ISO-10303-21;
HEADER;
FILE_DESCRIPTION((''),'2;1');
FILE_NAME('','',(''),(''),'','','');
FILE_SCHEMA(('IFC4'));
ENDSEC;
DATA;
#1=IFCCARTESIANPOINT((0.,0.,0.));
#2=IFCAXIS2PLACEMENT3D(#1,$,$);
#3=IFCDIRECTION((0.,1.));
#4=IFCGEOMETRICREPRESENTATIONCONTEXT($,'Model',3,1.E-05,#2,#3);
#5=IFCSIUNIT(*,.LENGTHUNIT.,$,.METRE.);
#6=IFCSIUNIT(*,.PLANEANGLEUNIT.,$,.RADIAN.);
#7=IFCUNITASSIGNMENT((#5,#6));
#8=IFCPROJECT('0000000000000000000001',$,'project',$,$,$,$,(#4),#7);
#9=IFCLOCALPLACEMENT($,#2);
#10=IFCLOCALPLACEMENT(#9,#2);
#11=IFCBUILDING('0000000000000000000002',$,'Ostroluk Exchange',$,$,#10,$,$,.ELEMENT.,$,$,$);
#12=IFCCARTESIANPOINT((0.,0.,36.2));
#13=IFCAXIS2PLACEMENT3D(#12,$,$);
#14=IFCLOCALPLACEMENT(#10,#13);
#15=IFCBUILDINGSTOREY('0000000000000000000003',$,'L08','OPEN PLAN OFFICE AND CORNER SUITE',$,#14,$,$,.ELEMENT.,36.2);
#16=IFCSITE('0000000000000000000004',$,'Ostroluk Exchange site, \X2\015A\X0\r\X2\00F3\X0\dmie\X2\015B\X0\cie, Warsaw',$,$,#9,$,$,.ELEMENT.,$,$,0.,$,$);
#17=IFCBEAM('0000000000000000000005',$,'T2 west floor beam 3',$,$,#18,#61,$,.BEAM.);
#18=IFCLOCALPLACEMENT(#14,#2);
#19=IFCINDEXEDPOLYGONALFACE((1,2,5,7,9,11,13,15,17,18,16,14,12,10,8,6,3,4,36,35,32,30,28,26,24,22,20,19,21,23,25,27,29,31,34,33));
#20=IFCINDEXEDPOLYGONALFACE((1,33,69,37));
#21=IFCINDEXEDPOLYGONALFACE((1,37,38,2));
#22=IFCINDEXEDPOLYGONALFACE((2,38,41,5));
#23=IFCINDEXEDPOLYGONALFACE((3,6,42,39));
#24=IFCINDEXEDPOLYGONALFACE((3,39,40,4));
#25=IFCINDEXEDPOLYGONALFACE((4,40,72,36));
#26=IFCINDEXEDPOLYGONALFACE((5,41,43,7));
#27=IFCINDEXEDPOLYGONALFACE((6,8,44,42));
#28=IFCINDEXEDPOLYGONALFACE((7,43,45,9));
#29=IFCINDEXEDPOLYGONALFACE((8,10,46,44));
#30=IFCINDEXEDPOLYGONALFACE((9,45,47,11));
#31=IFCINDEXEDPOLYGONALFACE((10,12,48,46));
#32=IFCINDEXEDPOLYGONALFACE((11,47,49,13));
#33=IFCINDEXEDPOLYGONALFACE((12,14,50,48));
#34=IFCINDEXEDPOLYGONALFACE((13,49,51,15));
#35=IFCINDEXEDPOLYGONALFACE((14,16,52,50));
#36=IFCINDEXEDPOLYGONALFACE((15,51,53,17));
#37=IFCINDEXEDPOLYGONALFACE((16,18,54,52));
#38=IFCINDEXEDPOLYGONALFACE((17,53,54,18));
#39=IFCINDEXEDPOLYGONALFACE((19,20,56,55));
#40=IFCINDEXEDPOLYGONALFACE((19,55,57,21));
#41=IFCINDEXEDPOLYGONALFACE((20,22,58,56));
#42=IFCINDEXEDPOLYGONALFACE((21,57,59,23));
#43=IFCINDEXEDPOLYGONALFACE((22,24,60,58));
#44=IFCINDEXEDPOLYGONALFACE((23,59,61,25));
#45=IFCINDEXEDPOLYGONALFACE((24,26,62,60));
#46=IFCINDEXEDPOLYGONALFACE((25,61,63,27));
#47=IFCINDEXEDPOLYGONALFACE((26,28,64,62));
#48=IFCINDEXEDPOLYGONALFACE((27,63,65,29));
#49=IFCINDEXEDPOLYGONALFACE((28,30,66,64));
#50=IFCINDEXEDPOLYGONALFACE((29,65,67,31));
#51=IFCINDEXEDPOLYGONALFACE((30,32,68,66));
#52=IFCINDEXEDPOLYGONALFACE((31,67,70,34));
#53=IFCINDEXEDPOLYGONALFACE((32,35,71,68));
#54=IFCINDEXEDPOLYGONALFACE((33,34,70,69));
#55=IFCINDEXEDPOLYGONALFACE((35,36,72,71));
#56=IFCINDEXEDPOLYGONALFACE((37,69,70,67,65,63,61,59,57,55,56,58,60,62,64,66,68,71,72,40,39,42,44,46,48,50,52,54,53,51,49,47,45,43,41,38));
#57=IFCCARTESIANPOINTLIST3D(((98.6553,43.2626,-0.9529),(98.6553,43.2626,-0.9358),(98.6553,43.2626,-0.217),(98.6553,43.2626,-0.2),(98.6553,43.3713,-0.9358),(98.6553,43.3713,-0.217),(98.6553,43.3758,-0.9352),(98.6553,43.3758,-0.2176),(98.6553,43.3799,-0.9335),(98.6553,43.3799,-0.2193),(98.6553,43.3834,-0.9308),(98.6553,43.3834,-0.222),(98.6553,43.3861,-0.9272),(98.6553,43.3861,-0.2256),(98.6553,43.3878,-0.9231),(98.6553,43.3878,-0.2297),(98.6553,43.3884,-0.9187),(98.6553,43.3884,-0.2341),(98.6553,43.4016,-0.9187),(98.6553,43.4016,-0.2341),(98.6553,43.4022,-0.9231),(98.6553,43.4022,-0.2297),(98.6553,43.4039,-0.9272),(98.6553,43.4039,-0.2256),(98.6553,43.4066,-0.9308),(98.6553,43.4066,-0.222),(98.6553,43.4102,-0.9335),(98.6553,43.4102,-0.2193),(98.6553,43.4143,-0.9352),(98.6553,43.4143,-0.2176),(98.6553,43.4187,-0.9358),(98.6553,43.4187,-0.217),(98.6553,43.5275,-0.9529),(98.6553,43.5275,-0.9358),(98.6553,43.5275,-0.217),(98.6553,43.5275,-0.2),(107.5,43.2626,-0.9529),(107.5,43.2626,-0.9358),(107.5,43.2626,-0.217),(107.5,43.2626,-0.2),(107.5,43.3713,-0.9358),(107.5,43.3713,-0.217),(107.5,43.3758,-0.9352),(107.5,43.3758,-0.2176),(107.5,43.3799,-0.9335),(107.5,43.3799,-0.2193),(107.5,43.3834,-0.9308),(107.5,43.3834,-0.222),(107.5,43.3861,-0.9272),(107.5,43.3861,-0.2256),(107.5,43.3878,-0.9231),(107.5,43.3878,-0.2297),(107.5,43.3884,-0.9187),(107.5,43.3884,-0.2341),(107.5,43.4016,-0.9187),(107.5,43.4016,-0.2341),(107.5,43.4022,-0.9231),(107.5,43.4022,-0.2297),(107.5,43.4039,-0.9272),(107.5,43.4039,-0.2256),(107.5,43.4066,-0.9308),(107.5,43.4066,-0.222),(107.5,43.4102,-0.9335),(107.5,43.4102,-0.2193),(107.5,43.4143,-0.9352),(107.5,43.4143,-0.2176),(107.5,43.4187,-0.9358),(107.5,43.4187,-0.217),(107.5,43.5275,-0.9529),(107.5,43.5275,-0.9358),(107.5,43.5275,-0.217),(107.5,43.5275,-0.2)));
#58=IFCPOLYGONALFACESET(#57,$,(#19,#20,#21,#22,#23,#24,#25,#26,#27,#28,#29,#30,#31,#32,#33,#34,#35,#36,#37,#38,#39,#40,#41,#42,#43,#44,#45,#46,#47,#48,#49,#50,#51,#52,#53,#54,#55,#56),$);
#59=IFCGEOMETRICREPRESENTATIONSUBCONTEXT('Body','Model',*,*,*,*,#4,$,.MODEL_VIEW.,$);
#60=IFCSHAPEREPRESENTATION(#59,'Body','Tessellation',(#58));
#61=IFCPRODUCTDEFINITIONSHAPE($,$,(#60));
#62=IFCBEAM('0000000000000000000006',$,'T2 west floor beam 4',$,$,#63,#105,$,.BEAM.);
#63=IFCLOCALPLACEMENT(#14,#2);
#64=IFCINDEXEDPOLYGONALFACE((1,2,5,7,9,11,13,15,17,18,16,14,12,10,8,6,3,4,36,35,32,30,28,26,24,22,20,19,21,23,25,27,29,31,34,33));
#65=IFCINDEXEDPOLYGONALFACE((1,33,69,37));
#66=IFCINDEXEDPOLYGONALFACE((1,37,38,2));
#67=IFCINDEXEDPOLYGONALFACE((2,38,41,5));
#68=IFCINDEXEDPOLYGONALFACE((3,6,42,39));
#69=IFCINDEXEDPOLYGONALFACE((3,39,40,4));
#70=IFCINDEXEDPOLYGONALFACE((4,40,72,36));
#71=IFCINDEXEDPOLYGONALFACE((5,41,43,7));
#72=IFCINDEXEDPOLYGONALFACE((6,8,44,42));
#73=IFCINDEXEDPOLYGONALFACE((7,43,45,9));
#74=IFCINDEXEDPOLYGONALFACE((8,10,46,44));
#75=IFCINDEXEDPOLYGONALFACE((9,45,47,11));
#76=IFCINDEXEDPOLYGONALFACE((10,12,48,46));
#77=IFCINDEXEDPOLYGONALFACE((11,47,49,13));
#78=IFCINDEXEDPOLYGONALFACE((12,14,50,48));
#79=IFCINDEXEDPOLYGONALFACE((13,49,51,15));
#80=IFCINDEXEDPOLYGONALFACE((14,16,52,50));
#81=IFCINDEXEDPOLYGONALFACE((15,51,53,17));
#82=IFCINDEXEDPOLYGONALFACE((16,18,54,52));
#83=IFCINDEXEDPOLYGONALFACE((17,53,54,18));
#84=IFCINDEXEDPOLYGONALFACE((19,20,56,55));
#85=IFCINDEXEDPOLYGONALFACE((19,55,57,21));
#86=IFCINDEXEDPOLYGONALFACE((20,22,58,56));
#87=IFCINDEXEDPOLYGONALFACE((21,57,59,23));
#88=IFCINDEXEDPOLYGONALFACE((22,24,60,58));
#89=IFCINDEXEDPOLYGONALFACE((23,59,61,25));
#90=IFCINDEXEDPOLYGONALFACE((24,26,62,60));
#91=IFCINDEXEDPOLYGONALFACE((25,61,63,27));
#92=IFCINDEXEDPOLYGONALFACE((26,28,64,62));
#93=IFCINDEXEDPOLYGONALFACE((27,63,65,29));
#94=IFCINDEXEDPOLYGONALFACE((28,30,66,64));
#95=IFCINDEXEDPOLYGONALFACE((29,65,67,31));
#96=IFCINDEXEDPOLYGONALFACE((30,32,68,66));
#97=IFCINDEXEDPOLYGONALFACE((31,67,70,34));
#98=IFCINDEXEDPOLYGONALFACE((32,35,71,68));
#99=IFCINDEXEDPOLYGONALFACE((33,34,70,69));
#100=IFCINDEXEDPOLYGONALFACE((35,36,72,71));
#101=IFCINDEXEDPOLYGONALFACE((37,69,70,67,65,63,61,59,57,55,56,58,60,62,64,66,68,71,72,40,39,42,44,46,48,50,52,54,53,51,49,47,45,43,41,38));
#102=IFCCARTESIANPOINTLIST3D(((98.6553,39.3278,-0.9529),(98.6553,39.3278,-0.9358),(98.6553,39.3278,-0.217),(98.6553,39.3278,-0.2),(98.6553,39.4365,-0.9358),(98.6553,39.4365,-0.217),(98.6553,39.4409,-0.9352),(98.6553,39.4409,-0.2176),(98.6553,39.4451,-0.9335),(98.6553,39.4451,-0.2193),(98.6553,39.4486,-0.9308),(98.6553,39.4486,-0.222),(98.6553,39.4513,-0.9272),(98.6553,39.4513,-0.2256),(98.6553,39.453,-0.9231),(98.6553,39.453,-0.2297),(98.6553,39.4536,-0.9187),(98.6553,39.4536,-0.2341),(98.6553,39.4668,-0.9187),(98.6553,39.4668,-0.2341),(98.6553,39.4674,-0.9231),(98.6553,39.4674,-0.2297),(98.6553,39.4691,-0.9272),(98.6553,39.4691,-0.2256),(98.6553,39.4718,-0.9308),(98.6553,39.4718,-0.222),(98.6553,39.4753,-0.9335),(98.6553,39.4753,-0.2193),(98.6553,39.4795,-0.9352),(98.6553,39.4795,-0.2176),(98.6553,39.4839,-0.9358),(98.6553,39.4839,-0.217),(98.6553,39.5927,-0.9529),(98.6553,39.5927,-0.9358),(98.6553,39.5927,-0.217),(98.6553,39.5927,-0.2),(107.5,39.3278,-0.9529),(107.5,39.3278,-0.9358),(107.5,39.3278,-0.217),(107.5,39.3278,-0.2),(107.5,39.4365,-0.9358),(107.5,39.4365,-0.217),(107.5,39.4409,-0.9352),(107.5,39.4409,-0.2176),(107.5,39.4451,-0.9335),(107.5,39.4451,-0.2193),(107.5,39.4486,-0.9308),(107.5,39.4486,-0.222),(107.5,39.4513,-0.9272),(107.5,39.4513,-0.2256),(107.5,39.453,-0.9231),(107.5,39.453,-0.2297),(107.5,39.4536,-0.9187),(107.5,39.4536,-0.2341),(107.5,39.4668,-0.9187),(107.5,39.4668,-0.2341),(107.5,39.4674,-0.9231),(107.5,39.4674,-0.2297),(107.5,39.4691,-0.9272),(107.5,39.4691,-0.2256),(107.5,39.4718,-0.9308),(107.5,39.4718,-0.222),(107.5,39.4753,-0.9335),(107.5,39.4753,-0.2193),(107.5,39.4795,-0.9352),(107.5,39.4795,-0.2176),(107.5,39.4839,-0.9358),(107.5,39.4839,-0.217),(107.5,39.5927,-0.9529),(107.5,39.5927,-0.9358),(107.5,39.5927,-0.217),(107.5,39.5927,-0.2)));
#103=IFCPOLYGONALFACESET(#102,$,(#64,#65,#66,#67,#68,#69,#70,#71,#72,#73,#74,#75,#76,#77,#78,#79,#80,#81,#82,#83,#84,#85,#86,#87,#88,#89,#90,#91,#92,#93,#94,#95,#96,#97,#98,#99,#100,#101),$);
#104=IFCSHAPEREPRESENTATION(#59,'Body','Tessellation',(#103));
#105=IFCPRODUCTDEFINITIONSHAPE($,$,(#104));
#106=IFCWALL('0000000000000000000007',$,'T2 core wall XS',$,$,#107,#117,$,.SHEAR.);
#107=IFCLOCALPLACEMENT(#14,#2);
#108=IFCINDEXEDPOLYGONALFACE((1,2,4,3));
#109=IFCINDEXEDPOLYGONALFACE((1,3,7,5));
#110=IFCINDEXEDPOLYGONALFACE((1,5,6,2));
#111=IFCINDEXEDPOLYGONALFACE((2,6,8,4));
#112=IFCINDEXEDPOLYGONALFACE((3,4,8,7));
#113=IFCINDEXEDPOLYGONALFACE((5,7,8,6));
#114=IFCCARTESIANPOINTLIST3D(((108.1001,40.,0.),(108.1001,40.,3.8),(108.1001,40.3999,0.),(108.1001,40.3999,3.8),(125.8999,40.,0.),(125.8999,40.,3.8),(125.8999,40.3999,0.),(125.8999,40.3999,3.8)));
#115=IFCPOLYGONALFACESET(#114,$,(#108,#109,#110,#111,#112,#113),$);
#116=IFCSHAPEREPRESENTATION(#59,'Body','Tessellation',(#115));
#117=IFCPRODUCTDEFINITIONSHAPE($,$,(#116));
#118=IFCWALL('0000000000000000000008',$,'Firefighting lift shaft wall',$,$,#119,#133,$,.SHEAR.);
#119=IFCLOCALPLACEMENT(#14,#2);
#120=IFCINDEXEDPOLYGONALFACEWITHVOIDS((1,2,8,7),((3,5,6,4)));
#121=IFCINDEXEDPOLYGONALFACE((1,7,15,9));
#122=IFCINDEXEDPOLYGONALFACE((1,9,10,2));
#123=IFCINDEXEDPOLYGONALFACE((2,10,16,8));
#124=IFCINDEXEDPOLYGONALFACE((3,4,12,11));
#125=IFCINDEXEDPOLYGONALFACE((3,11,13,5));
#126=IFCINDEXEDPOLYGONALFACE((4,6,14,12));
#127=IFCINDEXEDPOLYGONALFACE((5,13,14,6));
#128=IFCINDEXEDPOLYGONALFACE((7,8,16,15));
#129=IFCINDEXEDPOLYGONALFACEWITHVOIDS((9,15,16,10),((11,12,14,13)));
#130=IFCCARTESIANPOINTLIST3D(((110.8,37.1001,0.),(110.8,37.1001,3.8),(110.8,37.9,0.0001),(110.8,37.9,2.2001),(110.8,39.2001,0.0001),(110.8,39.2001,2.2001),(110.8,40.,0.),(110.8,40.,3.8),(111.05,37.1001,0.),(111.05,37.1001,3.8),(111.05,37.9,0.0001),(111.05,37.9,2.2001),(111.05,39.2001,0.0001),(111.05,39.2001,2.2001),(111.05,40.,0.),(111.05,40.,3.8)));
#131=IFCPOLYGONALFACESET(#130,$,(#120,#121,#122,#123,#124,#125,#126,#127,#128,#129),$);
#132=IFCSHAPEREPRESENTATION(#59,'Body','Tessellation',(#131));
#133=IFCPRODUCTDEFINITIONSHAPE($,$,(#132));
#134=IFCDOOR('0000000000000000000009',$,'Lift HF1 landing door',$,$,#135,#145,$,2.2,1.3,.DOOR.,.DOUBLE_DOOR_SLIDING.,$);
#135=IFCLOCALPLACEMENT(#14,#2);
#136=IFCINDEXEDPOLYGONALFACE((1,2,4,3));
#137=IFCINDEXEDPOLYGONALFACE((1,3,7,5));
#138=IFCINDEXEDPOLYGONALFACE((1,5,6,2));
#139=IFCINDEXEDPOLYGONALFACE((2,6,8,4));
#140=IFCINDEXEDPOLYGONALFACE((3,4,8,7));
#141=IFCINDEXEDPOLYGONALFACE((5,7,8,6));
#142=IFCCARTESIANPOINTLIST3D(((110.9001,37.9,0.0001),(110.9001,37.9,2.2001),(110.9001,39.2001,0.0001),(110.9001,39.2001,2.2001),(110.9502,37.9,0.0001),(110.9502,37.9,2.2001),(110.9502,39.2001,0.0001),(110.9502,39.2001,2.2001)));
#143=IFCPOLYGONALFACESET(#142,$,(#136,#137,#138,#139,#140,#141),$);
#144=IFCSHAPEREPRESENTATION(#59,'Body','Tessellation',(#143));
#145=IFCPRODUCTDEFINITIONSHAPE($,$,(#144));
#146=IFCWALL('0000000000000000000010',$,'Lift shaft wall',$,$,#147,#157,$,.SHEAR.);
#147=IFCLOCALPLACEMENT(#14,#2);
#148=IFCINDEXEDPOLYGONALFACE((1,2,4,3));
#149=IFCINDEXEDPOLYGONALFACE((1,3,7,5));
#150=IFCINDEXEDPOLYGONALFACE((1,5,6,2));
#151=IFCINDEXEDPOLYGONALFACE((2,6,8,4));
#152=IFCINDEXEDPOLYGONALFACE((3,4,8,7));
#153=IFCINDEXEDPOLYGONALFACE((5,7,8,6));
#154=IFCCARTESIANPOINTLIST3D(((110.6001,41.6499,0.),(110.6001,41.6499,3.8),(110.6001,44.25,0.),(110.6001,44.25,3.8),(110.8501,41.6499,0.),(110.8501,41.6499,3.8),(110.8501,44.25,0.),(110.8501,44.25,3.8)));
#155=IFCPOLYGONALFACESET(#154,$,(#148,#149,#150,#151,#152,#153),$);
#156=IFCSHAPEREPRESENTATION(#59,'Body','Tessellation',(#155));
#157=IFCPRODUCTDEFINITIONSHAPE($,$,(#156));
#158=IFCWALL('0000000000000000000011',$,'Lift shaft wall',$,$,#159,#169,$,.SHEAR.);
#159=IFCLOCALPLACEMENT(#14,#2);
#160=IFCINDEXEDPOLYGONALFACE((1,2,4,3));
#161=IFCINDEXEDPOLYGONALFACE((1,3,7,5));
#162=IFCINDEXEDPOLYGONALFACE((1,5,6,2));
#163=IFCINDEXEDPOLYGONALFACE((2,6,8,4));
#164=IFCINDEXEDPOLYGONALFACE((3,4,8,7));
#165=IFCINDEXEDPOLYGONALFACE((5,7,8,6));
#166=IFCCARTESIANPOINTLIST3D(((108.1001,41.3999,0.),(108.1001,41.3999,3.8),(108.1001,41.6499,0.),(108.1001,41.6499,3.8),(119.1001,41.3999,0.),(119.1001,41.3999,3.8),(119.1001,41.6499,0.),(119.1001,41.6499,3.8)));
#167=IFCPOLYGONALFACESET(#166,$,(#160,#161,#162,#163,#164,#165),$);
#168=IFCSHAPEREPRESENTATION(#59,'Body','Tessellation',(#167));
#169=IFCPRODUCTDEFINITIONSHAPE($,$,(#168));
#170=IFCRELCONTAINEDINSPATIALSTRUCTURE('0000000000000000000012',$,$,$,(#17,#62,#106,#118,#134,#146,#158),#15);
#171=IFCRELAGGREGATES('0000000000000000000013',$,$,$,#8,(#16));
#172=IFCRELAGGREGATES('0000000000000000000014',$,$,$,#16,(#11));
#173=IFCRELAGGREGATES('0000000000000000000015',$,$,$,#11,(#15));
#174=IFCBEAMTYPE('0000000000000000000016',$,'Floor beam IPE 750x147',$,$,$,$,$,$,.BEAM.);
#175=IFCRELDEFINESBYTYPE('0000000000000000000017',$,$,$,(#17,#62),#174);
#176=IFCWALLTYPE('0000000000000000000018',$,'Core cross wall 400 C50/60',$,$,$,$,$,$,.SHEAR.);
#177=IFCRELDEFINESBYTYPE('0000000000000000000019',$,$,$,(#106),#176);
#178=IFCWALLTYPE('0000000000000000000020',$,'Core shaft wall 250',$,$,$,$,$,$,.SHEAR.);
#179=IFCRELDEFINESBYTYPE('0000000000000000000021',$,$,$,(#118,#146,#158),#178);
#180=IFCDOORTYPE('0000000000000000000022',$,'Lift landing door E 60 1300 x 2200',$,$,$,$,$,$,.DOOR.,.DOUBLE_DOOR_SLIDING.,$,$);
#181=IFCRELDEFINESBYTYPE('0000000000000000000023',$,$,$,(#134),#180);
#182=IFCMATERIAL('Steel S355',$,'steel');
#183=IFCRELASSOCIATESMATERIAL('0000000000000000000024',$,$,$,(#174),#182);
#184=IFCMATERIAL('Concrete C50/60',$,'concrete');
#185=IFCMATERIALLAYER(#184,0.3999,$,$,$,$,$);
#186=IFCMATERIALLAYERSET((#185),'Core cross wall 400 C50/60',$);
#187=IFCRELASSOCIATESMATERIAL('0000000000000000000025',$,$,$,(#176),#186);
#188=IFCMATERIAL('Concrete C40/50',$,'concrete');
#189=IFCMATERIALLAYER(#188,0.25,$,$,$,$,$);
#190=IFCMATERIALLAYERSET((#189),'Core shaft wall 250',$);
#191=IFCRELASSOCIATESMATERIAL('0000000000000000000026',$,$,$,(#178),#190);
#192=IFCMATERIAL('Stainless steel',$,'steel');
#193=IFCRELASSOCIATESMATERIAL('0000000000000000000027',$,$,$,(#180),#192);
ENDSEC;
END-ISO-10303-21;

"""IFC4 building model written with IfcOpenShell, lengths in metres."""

from ifc_helpers import new_model, si_unit, direction, frame, frame_2d, origin, origin_2d, place, context, subcontext, project, spatial, rectangle, i_section, extrude, material, layer, layer_set, material_profile, profile_set, type_object, element, fill, save


model = new_model("IFC4")

# Units and contexts
model_context = context("Model", 3, precision=1e-05, world=origin(), true_north=direction((0.0, 1.0)))
body_context = subcontext(model_context, "Body", "Model", "MODEL_VIEW")
ifc_project = project(units=[si_unit("LENGTHUNIT", "METRE"), si_unit("PLANEANGLEUNIT", "RADIAN")], contexts=[model_context])

# Site, building, storey
site_placement = place(None, origin())
site = spatial("IfcSite", under=ifc_project, at=site_placement, Name="Ostroluk Exchange site, Śródmieście, Warsaw", CompositionType="ELEMENT", RefElevation=0.0)
building_placement = place(site_placement, origin())
building = spatial("IfcBuilding", under=site, at=building_placement, Name="Ostroluk Exchange", CompositionType="ELEMENT")
storey_placement = place(building_placement, frame((0.0, 0.0, 36.2)))
storey = spatial("IfcBuildingStorey", under=building, at=storey_placement, Name="L08", Description="OPEN PLAN OFFICE AND CORNER SUITE", CompositionType="ELEMENT", Elevation=36.2)

# Beams
ifc_material_1 = material(Name="Steel S355", Category="steel")
ifc_material_profile = material_profile(ifc_material_1, i_section(OverallWidth=0.2649, OverallDepth=0.7529, WebThickness=0.0132, FlangeThickness=0.0171, FilletRadius=0.0171, at=origin_2d()), Name="IPE 750x147")
ifc_profile_set = profile_set([ifc_material_profile], Name="Steel S355")
beam_type = type_object("IfcBeamType", Name="Floor beam IPE 750x147", PredefinedType="BEAM", material=ifc_profile_set)
for number, where, z_axis, x_axis, name in (
    (1, (107.5, 43.395, -0.5764), (-1.0, 0.0, 0.0), (0.0, -1.0, 0.0), "T2 west floor beam 3"),
    (2, (107.5, 39.4602, -0.5764), (-1.0, 0.0, 0.0), (0.0, -1.0, 0.0), "T2 west floor beam 4"),
):
    element("IfcBeam", number, at=place(storey_placement, frame(where, z_axis=z_axis, x_axis=x_axis)), inside=storey, type_object=beam_type, Name=name, PredefinedType="BEAM", context=body_context, shape_type="SweptSolid", body=[
        extrude(i_section(OverallWidth=0.2649, OverallDepth=0.7529, WebThickness=0.0132, FlangeThickness=0.0171, FilletRadius=0.0171, at=origin_2d()), origin(), (0.0, 0.0, 1.0), 8.8447),
    ])

# Wall
ifc_material_2 = material(Name="Concrete C50/60", Category="concrete")
ifc_layer_1 = layer(ifc_material_2, 0.3999)
ifc_layer_set_1 = layer_set([ifc_layer_1], Name="Core cross wall 400 C50/60")
wall_type_1 = type_object("IfcWallType", Name="Core cross wall 400 C50/60", PredefinedType="SHEAR", material=ifc_layer_set_1)
wall_1_placement = place(storey_placement, frame((108.1001, 40.2, 0.0), z_axis=(0.0, 0.0, 1.0), x_axis=(1.0, 0.0, 0.0)))
element("IfcWall", 3, at=wall_1_placement, inside=storey, type_object=wall_type_1, Name="T2 core wall XS", PredefinedType="SHEAR", context=body_context, shape_type="SweptSolid", body=[
    extrude(rectangle(XDim=17.7998, YDim=0.3999, at=frame_2d((8.8999, 0.0))), origin(), (0.0, 0.0, 1.0), 3.8),
])

# Wall, opening, door
ifc_material_3 = material(Name="Concrete C40/50", Category="concrete")
ifc_layer_2 = layer(ifc_material_3, 0.25)
ifc_layer_set_2 = layer_set([ifc_layer_2], Name="Core shaft wall 250")
wall_type_2 = type_object("IfcWallType", Name="Core shaft wall 250", PredefinedType="SHEAR", material=ifc_layer_set_2)
wall_2_placement = place(storey_placement, frame((110.925, 37.1001, 0.0), z_axis=(0.0, 0.0, 1.0), x_axis=(0.0, 1.0, 0.0)))
wall_2 = element("IfcWall", 4, at=wall_2_placement, inside=storey, type_object=wall_type_2, Name="Firefighting lift shaft wall", PredefinedType="SHEAR", context=body_context, shape_type="SweptSolid", body=[
    extrude(rectangle(XDim=2.8999, YDim=0.25, at=frame_2d((1.45, 0.0))), origin(), (0.0, 0.0, 1.0), 3.8),
])
opening_1_placement = place(wall_2_placement, frame((0.8, 0.0, 0.0)))
opening_1 = element("IfcOpeningElement", 5, at=opening_1_placement, cuts=wall_2, PredefinedType="OPENING", context=body_context, shape_type="SweptSolid", body=[
    extrude(rectangle(XDim=1.3, YDim=2.2, at=frame_2d((0.6499, 1.1001))), frame((0.0, 0.135, 0.0), z_axis=(0.0, -1.0, 0.0), x_axis=(1.0, 0.0, 0.0)), (0.0, 0.0, 1.0), 0.27),
])
ifc_material_4 = material(Name="Stainless steel", Category="steel")
door_type_1 = type_object("IfcDoorType", Name="Lift landing door E 60 1300 x 2200", OperationType="DOUBLE_DOOR_SLIDING", PredefinedType="DOOR", material=ifc_material_4)
door_1_placement = place(opening_1_placement, origin())
door_1 = element("IfcDoor", 6, at=door_1_placement, inside=storey, type_object=door_type_1, Name="Lift HF1 landing door", OperationType="DOUBLE_DOOR_SLIDING", OverallHeight=2.2, OverallWidth=1.3, PredefinedType="DOOR", context=body_context, shape_type="SweptSolid", body=[
    extrude(rectangle(XDim=1.3, YDim=2.2, at=frame_2d((0.6499, 1.1001))), frame((0.0, 0.0249, 0.0), z_axis=(0.0, -1.0, 0.0), x_axis=(1.0, 0.0, 0.0)), (0.0, 0.0, 1.0), 0.05),
])
fill(opening_1, door_1)

# Walls
wall_3_placement = place(storey_placement, frame((110.7251, 44.25, 0.0), z_axis=(0.0, 0.0, 1.0), x_axis=(0.0, -1.0, 0.0)))
element("IfcWall", 7, at=wall_3_placement, inside=storey, type_object=wall_type_2, Name="Lift shaft wall", PredefinedType="SHEAR", context=body_context, shape_type="SweptSolid", body=[
    extrude(rectangle(XDim=2.6001, YDim=0.25, at=frame_2d((1.3, 0.0))), origin(), (0.0, 0.0, 1.0), 3.8),
])
wall_4_placement = place(storey_placement, frame((108.1001, 41.5249, 0.0), z_axis=(0.0, 0.0, 1.0), x_axis=(1.0, 0.0, 0.0)))
element("IfcWall", 8, at=wall_4_placement, inside=storey, type_object=wall_type_2, Name="Lift shaft wall", PredefinedType="SHEAR", context=body_context, shape_type="SweptSolid", body=[
    extrude(rectangle(XDim=11.0, YDim=0.25, at=frame_2d((5.5, 0.0))), origin(), (0.0, 0.0, 1.0), 3.8),
])

save(model, "model.ifc")
